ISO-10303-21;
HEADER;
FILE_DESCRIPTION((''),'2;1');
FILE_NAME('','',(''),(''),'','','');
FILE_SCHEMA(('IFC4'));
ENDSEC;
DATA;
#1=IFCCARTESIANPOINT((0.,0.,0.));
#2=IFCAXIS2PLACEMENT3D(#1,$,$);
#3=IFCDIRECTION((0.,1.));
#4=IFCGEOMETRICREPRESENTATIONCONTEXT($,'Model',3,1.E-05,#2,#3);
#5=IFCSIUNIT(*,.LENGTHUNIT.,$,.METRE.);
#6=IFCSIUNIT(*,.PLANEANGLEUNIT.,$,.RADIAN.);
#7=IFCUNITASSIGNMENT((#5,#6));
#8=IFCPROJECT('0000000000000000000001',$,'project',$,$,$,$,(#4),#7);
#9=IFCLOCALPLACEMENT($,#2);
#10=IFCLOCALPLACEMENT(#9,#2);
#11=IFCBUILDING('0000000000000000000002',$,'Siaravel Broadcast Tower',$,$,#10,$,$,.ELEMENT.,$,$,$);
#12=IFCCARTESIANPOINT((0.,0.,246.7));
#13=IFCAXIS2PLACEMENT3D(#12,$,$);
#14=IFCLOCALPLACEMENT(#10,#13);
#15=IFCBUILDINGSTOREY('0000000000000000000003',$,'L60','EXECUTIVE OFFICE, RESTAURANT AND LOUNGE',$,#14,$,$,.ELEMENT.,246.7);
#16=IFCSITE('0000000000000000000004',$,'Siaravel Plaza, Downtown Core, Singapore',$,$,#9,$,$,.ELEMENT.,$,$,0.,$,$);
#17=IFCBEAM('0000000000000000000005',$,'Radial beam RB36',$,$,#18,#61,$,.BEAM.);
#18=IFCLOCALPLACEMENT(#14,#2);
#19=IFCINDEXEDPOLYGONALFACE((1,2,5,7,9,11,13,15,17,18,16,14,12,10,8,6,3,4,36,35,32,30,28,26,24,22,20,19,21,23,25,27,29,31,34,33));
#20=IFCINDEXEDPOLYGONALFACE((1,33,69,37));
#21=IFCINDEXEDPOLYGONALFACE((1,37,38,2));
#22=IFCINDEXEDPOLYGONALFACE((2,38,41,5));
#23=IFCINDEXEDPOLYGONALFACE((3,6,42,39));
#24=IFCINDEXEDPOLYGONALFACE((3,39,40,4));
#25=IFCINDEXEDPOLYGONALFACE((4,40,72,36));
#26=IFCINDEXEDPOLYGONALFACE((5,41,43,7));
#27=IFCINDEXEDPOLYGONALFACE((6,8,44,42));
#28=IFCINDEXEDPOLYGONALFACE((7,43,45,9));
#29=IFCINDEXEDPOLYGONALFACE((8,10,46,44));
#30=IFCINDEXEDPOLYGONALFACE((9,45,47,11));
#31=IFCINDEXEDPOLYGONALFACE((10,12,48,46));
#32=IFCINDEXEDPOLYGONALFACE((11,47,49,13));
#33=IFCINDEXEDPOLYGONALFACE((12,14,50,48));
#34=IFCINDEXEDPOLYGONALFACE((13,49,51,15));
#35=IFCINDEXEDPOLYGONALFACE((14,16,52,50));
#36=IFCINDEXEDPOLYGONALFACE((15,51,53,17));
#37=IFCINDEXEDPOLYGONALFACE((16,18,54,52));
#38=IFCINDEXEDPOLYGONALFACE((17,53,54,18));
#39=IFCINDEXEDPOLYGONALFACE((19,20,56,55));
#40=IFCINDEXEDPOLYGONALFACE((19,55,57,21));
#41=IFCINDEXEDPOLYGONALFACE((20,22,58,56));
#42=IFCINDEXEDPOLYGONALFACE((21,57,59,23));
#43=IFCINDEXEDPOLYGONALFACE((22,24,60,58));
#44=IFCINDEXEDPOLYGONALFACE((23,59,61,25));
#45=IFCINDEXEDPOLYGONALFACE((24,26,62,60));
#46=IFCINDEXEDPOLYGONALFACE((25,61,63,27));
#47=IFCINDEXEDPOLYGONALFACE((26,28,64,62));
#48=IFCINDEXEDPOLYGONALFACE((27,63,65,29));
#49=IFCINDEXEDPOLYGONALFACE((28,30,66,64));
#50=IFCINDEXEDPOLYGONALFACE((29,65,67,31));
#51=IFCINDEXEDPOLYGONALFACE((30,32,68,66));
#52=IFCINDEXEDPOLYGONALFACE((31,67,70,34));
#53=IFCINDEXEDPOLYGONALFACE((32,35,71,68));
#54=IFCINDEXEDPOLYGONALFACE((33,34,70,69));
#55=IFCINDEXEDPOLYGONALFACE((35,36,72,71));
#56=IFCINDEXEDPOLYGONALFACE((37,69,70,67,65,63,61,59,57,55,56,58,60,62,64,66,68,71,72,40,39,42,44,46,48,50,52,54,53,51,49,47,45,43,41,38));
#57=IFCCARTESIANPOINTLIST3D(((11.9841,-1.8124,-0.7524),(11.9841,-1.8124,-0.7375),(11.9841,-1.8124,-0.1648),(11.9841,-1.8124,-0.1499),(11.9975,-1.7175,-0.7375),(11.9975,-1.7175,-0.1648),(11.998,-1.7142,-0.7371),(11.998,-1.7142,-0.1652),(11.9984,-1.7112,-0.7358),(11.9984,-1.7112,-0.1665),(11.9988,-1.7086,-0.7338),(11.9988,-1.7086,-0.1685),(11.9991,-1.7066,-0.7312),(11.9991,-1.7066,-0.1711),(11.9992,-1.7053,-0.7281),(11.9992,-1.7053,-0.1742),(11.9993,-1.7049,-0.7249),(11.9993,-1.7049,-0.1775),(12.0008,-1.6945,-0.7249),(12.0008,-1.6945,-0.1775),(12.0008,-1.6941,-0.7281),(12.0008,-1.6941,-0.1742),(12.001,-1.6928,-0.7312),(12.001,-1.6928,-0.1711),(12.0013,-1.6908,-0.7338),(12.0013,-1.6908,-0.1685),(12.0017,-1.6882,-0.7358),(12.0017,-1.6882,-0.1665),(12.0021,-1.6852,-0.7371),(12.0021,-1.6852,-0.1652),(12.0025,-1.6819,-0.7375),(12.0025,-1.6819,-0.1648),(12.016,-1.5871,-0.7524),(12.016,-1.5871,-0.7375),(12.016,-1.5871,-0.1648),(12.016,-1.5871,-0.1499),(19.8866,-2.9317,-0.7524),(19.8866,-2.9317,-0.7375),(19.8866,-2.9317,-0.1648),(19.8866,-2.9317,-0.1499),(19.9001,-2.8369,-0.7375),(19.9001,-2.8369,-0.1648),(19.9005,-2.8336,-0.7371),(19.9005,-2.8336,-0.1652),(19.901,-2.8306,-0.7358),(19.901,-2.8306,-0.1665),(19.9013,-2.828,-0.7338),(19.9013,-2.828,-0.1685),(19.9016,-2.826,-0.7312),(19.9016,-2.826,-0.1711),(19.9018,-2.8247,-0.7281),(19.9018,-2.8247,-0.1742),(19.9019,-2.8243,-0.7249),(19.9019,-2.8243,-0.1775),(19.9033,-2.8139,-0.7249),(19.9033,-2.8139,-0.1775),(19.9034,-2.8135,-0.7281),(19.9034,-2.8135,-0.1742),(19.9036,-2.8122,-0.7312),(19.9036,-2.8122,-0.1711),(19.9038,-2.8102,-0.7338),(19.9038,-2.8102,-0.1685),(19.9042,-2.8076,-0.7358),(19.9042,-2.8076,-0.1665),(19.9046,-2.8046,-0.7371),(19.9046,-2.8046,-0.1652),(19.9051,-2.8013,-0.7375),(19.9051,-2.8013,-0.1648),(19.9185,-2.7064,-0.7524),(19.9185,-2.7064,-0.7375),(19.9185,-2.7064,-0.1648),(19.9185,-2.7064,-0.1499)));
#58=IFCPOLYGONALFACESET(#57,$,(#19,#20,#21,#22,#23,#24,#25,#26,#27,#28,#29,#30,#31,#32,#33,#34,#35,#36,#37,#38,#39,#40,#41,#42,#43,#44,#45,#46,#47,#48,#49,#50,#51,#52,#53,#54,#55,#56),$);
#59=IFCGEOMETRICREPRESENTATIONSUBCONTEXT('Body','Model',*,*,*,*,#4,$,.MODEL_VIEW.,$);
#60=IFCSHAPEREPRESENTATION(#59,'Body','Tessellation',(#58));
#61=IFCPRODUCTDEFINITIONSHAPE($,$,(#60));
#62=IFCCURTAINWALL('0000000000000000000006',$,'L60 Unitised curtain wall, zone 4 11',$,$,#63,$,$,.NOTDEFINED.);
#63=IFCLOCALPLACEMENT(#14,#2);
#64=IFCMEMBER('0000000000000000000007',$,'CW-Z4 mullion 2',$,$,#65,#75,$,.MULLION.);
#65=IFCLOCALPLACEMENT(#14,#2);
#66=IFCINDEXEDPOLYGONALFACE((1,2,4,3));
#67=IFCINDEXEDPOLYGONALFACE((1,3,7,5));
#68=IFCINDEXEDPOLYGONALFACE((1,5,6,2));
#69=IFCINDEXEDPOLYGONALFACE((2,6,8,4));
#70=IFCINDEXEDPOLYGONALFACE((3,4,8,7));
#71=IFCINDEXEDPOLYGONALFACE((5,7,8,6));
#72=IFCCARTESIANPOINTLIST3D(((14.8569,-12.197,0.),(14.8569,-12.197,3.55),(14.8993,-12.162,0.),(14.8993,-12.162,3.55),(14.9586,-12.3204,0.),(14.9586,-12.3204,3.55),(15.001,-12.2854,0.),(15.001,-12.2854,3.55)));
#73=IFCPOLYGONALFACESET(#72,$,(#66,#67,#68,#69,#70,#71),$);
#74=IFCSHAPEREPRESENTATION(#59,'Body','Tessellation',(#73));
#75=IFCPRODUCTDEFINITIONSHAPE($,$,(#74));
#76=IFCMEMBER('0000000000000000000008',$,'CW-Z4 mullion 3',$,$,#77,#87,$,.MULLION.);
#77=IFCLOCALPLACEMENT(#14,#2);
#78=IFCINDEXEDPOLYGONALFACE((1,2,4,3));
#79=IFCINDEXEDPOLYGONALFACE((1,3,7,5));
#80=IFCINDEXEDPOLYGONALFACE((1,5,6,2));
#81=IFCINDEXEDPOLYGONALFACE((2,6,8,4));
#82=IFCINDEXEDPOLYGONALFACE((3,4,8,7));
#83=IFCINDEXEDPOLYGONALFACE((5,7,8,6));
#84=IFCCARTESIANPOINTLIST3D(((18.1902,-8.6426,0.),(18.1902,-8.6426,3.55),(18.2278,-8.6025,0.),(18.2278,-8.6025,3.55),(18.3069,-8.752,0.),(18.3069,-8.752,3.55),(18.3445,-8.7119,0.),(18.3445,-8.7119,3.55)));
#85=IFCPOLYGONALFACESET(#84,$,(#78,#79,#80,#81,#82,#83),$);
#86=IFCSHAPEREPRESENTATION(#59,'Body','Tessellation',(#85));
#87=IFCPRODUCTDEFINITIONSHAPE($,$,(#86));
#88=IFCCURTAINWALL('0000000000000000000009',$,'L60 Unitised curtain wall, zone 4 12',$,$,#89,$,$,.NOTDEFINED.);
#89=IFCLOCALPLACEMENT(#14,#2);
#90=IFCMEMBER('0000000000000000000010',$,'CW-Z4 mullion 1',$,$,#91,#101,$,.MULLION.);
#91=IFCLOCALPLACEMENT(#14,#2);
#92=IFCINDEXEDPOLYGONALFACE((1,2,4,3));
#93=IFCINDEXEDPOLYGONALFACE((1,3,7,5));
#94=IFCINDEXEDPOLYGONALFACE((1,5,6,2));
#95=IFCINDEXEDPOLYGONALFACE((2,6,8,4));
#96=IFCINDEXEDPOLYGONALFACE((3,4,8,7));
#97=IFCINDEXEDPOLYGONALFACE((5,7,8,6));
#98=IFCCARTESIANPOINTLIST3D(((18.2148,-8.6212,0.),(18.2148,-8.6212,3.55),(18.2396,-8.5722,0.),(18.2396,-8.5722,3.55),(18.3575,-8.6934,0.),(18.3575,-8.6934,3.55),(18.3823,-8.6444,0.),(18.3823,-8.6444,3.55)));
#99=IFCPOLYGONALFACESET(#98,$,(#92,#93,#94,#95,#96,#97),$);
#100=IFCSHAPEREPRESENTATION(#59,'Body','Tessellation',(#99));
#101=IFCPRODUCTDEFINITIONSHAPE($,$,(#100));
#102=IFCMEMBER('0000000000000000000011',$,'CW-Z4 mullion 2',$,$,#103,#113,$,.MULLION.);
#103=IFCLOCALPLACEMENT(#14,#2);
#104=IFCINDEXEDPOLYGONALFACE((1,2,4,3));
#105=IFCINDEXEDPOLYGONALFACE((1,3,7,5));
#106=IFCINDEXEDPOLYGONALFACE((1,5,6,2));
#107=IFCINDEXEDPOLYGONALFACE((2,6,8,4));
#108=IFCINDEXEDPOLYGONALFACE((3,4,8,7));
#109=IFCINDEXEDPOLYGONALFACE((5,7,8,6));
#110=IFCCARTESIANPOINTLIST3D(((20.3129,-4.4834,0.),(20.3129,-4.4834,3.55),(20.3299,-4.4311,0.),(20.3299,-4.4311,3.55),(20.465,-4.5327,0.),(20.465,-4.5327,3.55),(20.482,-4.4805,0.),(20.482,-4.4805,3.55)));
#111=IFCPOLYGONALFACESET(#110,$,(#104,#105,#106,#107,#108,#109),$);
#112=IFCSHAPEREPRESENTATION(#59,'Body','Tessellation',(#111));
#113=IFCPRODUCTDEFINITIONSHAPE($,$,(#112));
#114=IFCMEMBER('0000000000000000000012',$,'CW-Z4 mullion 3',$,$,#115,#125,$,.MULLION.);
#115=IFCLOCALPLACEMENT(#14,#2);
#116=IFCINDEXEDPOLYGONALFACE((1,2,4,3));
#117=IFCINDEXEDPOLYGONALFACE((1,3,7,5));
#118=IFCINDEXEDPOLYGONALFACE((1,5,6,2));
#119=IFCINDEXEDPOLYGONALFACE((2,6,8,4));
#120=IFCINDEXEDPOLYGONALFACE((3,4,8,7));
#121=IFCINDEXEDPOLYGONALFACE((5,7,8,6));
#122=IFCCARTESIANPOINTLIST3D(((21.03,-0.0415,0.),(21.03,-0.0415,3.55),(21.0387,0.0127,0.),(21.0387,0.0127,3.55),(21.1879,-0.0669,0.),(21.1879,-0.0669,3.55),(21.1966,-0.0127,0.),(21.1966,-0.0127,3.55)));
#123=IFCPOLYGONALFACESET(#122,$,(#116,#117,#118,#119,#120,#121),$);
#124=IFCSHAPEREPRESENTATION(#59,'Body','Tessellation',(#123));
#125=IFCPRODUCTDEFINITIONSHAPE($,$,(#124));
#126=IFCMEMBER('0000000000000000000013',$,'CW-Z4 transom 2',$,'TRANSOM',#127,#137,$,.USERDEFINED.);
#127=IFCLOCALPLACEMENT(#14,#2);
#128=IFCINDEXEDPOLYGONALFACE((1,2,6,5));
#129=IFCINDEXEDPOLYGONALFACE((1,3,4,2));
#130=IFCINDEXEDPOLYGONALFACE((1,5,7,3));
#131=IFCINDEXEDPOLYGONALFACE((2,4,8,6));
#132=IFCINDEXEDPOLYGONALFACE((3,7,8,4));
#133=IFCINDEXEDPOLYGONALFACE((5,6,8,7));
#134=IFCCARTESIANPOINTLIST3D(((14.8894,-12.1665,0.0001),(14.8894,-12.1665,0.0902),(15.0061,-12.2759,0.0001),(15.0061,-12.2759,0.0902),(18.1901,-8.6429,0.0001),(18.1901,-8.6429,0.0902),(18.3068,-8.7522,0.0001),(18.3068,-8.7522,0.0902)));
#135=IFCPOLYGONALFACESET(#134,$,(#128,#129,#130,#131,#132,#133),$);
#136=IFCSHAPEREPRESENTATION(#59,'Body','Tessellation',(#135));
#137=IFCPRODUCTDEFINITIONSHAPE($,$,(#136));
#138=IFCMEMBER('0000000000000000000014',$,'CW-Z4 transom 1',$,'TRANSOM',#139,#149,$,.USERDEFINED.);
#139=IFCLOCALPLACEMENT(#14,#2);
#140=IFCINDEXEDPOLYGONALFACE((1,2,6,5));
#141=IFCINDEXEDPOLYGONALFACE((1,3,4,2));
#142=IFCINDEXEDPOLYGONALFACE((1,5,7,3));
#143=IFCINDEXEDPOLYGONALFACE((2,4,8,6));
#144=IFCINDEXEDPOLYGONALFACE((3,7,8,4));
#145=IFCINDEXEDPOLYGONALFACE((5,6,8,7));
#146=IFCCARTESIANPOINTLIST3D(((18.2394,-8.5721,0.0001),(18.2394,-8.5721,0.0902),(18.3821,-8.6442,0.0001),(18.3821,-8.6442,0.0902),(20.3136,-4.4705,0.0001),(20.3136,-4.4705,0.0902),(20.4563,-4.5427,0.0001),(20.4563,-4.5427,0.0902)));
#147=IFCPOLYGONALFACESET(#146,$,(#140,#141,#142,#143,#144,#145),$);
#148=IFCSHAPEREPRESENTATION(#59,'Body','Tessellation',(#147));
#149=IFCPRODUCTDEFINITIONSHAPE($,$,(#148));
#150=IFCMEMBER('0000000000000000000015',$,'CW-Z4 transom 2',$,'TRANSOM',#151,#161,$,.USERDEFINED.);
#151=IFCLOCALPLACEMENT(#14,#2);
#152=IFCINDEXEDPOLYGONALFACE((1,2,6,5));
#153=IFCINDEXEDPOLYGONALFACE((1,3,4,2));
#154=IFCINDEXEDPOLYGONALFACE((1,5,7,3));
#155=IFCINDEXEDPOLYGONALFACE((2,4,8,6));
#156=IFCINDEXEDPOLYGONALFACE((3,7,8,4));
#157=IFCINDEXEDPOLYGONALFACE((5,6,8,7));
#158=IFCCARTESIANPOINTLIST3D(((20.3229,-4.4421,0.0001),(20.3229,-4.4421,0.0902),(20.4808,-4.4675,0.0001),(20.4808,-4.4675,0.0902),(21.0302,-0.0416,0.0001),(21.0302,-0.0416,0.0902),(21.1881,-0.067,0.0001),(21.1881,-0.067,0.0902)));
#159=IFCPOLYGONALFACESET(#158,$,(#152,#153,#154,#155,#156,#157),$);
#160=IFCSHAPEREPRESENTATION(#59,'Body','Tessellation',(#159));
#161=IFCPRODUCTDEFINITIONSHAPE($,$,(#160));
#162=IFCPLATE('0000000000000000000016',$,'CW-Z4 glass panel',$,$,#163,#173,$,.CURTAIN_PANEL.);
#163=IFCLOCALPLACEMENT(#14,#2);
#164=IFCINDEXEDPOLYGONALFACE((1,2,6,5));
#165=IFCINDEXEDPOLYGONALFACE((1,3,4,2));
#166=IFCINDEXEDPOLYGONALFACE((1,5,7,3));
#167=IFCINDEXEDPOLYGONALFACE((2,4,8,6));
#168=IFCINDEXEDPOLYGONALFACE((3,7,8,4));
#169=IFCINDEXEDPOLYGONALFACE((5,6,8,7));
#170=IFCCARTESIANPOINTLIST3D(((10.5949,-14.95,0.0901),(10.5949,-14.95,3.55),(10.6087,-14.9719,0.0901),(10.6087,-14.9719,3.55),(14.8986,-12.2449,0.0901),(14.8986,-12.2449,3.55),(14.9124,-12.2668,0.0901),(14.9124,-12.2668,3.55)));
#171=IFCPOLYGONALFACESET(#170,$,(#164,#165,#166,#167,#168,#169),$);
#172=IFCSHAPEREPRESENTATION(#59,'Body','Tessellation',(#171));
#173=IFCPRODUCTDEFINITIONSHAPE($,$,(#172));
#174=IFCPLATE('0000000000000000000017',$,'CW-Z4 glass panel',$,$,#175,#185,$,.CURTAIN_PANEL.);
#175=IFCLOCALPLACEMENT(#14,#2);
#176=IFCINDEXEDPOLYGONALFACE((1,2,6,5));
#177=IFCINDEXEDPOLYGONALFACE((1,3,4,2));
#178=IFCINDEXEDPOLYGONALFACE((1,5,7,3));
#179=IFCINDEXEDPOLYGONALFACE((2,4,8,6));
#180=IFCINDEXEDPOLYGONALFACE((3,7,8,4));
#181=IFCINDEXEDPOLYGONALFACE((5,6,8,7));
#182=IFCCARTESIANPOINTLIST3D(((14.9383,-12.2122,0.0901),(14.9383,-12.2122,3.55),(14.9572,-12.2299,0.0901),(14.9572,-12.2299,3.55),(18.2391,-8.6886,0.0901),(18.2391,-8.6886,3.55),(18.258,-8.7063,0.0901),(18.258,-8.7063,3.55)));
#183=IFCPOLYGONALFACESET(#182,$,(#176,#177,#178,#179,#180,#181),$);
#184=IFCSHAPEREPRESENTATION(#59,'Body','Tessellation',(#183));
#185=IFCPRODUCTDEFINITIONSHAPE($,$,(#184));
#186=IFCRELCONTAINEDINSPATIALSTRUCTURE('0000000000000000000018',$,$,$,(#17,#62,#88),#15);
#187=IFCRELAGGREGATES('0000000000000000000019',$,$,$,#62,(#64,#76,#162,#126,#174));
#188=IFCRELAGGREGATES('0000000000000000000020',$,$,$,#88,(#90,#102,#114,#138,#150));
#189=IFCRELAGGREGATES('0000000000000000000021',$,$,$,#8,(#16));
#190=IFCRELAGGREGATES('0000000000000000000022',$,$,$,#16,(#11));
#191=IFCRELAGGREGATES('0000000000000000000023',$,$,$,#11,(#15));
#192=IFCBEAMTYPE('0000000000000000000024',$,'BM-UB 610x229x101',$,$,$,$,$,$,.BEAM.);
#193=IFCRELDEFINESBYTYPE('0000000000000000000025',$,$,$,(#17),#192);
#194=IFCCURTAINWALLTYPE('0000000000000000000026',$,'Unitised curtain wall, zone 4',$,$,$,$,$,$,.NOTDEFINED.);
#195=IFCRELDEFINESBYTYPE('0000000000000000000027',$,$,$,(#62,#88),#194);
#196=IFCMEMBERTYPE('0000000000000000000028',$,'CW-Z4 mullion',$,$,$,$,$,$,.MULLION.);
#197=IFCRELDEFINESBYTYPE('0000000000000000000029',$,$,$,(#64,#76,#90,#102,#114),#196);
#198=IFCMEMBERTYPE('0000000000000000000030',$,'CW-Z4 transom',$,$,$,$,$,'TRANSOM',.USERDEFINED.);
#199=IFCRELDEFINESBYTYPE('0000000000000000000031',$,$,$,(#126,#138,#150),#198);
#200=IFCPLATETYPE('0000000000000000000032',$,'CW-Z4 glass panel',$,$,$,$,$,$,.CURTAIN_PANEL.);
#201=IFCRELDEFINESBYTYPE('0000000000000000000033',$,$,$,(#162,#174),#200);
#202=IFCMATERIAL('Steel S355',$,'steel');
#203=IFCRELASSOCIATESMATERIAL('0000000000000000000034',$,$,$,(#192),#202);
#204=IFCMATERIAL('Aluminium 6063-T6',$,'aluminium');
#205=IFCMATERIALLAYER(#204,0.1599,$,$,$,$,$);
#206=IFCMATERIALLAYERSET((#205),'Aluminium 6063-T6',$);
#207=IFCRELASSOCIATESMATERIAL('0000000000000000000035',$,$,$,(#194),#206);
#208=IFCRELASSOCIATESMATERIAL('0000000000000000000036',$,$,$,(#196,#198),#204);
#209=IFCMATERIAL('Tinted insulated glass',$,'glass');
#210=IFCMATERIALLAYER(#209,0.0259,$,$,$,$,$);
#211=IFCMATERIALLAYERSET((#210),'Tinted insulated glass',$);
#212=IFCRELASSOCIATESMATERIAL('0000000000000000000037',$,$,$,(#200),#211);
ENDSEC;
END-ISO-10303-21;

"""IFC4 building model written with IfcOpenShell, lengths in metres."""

from ifc_helpers import new_model, si_unit, direction, frame, origin, origin_2d, place, context, subcontext, project, spatial, rectangle, i_section, extrude, material, layer, layer_set, material_profile, profile_set, type_object, element, aggregate, save


model = new_model("IFC4")

# Units and contexts
model_context = context("Model", 3, precision=1e-05, world=origin(), true_north=direction((0.0, 1.0)))
body_context = subcontext(model_context, "Body", "Model", "MODEL_VIEW")
ifc_project = project(units=[si_unit("LENGTHUNIT", "METRE"), si_unit("PLANEANGLEUNIT", "RADIAN")], contexts=[model_context])

# Site, building, storey
site_placement = place(None, origin())
site = spatial("IfcSite", under=ifc_project, at=site_placement, Name="Siaravel Plaza, Downtown Core, Singapore", CompositionType="ELEMENT", RefElevation=0.0)
building_placement = place(site_placement, origin())
building = spatial("IfcBuilding", under=site, at=building_placement, Name="Siaravel Broadcast Tower", CompositionType="ELEMENT")
storey_placement = place(building_placement, frame((0.0, 0.0, 246.7)))
storey = spatial("IfcBuildingStorey", under=building, at=storey_placement, Name="L60", Description="EXECUTIVE OFFICE, RESTAURANT AND LOUNGE", CompositionType="ELEMENT", Elevation=246.7)

# Beam
ifc_material_1 = material(Name="Steel S355", Category="steel")
ifc_material_profile_1 = material_profile(ifc_material_1, i_section(OverallWidth=0.2275, OverallDepth=0.6025, WebThickness=0.0105, FlangeThickness=0.0149, FilletRadius=0.0127, at=origin_2d()))
ifc_profile_set_1 = profile_set([ifc_material_profile_1], Name="Steel S355")
beam_type = type_object("IfcBeamType", Name="BM-UB 610x229x101", PredefinedType="BEAM", material=ifc_profile_set_1)
beam_1_placement = place(storey_placement, frame((19.9026, -2.8191, -0.4512), z_axis=(-0.990116, 0.140248, 0.0), x_axis=(-0.140248, -0.990116, 0.0)))
element("IfcBeam", 1, at=beam_1_placement, inside=storey, type_object=beam_type, Name="Radial beam RB36", PredefinedType="BEAM", context=body_context, shape_type="SweptSolid", body=[
    extrude(i_section(OverallWidth=0.2275, OverallDepth=0.6025, WebThickness=0.0105, FlangeThickness=0.0149, FilletRadius=0.0127, at=origin_2d()), origin(), (0.0, 0.0, 1.0), 7.9814),
])

# Curtain walls, members
ifc_material_2 = material(Name="Aluminium 6063-T6", Category="aluminium")
ifc_layer_1 = layer(ifc_material_2, 0.1599)
ifc_layer_set_1 = layer_set([ifc_layer_1], Name="Aluminium 6063-T6")
curtain_wall_type = type_object("IfcCurtainWallType", Name="Unitised curtain wall, zone 4", PredefinedType="NOTDEFINED", material=ifc_layer_set_1)
curtain_wall_1_placement = place(storey_placement, origin())
curtain_wall_1 = element("IfcCurtainWall", 2, at=curtain_wall_1_placement, inside=storey, type_object=curtain_wall_type, Name="L60 Unitised curtain wall, zone 4 11", PredefinedType="NOTDEFINED")
ifc_material_profile_2 = material_profile(ifc_material_2, rectangle(XDim=0.1599, YDim=0.0549, at=origin_2d()))
ifc_profile_set_2 = profile_set([ifc_material_profile_2], Name="Aluminium 6063-T6")
member_type_1 = type_object("IfcMemberType", Name="CW-Z4 mullion", PredefinedType="MULLION", material=ifc_profile_set_2)
member_1_placement = place(storey_placement, frame((14.929, -12.2412, 0.0), z_axis=(0.0, 0.0, 1.0), x_axis=(-0.63622, 0.771508, 0.0)))
member_1 = element("IfcMember", 3, at=member_1_placement, type_object=member_type_1, Name="CW-Z4 mullion 2", PredefinedType="MULLION", context=body_context, shape_type="SweptSolid", body=[
    extrude(rectangle(XDim=0.1599, YDim=0.0549, at=origin_2d()), origin(), (0.0, 0.0, 1.0), 3.55),
])
member_2_placement = place(storey_placement, frame((18.2673, -8.6772, 0.0), z_axis=(0.0, 0.0, 1.0), x_axis=(-0.729807, 0.683654, 0.0)))
member_2 = element("IfcMember", 4, at=member_2_placement, type_object=member_type_1, Name="CW-Z4 mullion 3", PredefinedType="MULLION", context=body_context, shape_type="SweptSolid", body=[
    extrude(rectangle(XDim=0.1599, YDim=0.0549, at=origin_2d()), origin(), (0.0, 0.0, 1.0), 3.55),
])
curtain_wall_2_placement = place(storey_placement, origin())
curtain_wall_2 = element("IfcCurtainWall", 5, at=curtain_wall_2_placement, inside=storey, type_object=curtain_wall_type, Name="L60 Unitised curtain wall, zone 4 12", PredefinedType="NOTDEFINED")
member_3_placement = place(storey_placement, frame((18.2986, -8.6328, 0.0), z_axis=(0.0, 0.0, 1.0), x_axis=(-0.892393, 0.451259, 0.0)))
member_3 = element("IfcMember", 6, at=member_3_placement, type_object=member_type_1, Name="CW-Z4 mullion 1", PredefinedType="MULLION", context=body_context, shape_type="SweptSolid", body=[
    extrude(rectangle(XDim=0.1599, YDim=0.0549, at=origin_2d()), origin(), (0.0, 0.0, 1.0), 3.55),
])
member_4_placement = place(storey_placement, frame((20.3975, -4.4819, 0.0), z_axis=(0.0, 0.0, 1.0), x_axis=(-0.951178, 0.308644, 0.0)))
member_4 = element("IfcMember", 7, at=member_4_placement, type_object=member_type_1, Name="CW-Z4 mullion 2", PredefinedType="MULLION", context=body_context, shape_type="SweptSolid", body=[
    extrude(rectangle(XDim=0.1599, YDim=0.0549, at=origin_2d()), origin(), (0.0, 0.0, 1.0), 3.55),
])
member_5_placement = place(storey_placement, frame((21.1133, -0.0271, 0.0), z_axis=(0.0, 0.0, 1.0), x_axis=(-0.987329, 0.158685, 0.0)))
member_5 = element("IfcMember", 8, at=member_5_placement, type_object=member_type_1, Name="CW-Z4 mullion 3", PredefinedType="MULLION", context=body_context, shape_type="SweptSolid", body=[
    extrude(rectangle(XDim=0.1599, YDim=0.0549, at=origin_2d()), origin(), (0.0, 0.0, 1.0), 3.55),
])

# Members
ifc_material_profile_3 = material_profile(ifc_material_2, rectangle(XDim=0.1599, YDim=0.0901, at=origin_2d()))
ifc_profile_set_3 = profile_set([ifc_material_profile_3], Name="Aluminium 6063-T6")
member_type_2 = type_object("IfcMemberType", Name="CW-Z4 transom", ElementType="TRANSOM", PredefinedType="USERDEFINED", material=ifc_profile_set_3)
member_6_placement = place(storey_placement, frame((14.9478, -12.2212, 0.0452), z_axis=(0.683647, 0.729813, 0.0), x_axis=(-0.729813, 0.683647, 0.0)))
member_6 = element("IfcMember", 9, at=member_6_placement, type_object=member_type_2, Name="CW-Z4 transom 2", ObjectType="TRANSOM", PredefinedType="USERDEFINED", context=body_context, shape_type="SweptSolid", body=[
    extrude(rectangle(XDim=0.1599, YDim=0.0901, at=origin_2d()), origin(), (0.0, 0.0, 1.0), 4.8281),
])
member_7_placement = place(storey_placement, frame((18.3108, -8.6082, 0.0452), z_axis=(0.451288, 0.892378, 0.0), x_axis=(-0.892378, 0.451288, 0.0)))
member_7 = element("IfcMember", 10, at=member_7_placement, type_object=member_type_2, Name="CW-Z4 transom 1", ObjectType="TRANSOM", PredefinedType="USERDEFINED", context=body_context, shape_type="SweptSolid", body=[
    extrude(rectangle(XDim=0.1599, YDim=0.0901, at=origin_2d()), origin(), (0.0, 0.0, 1.0), 4.5962),
])
member_8_placement = place(storey_placement, frame((20.4019, -4.4548, 0.0452), z_axis=(0.158685, 0.987329, 0.0), x_axis=(-0.987329, 0.158685, 0.0)))
member_8 = element("IfcMember", 11, at=member_8_placement, type_object=member_type_2, Name="CW-Z4 transom 2", ObjectType="TRANSOM", PredefinedType="USERDEFINED", context=body_context, shape_type="SweptSolid", body=[
    extrude(rectangle(XDim=0.1599, YDim=0.0901, at=origin_2d()), origin(), (0.0, 0.0, 1.0), 4.457),
])

# Plates
ifc_material_3 = material(Name="Tinted insulated glass", Category="glass")
ifc_layer_2 = layer(ifc_material_3, 0.0259)
ifc_layer_set_2 = layer_set([ifc_layer_2], Name="Tinted insulated glass")
plate_type = type_object("IfcPlateType", Name="CW-Z4 glass panel", PredefinedType="CURTAIN_PANEL", material=ifc_layer_set_2)
plate_1_placement = place(storey_placement, frame((12.7537, -13.6084, 0.0901), z_axis=(0.0, 0.0, 1.0), x_axis=(0.84665, 0.53215, 0.0)))
plate_1 = element("IfcPlate", 12, at=plate_1_placement, type_object=plate_type, Name="CW-Z4 glass panel", PredefinedType="CURTAIN_PANEL", context=body_context, shape_type="SweptSolid", body=[
    extrude(rectangle(XDim=5.0833, YDim=0.0259, at=origin_2d()), origin(), (0.0, 0.0, 1.0), 3.46),
])
plate_2_placement = place(storey_placement, frame((16.5981, -10.4592, 0.0901), z_axis=(0.0, 0.0, 1.0), x_axis=(0.683654, 0.729807, 0.0)))
plate_2 = element("IfcPlate", 13, at=plate_2_placement, type_object=plate_type, Name="CW-Z4 glass panel", PredefinedType="CURTAIN_PANEL", context=body_context, shape_type="SweptSolid", body=[
    extrude(rectangle(XDim=4.8281, YDim=0.0259, at=origin_2d()), origin(), (0.0, 0.0, 1.0), 3.46),
])
aggregate(curtain_wall_1, [member_1, member_2, plate_1, member_6, plate_2])
aggregate(curtain_wall_2, [member_3, member_4, member_5, member_7, member_8])

save(model, "model.ifc")
